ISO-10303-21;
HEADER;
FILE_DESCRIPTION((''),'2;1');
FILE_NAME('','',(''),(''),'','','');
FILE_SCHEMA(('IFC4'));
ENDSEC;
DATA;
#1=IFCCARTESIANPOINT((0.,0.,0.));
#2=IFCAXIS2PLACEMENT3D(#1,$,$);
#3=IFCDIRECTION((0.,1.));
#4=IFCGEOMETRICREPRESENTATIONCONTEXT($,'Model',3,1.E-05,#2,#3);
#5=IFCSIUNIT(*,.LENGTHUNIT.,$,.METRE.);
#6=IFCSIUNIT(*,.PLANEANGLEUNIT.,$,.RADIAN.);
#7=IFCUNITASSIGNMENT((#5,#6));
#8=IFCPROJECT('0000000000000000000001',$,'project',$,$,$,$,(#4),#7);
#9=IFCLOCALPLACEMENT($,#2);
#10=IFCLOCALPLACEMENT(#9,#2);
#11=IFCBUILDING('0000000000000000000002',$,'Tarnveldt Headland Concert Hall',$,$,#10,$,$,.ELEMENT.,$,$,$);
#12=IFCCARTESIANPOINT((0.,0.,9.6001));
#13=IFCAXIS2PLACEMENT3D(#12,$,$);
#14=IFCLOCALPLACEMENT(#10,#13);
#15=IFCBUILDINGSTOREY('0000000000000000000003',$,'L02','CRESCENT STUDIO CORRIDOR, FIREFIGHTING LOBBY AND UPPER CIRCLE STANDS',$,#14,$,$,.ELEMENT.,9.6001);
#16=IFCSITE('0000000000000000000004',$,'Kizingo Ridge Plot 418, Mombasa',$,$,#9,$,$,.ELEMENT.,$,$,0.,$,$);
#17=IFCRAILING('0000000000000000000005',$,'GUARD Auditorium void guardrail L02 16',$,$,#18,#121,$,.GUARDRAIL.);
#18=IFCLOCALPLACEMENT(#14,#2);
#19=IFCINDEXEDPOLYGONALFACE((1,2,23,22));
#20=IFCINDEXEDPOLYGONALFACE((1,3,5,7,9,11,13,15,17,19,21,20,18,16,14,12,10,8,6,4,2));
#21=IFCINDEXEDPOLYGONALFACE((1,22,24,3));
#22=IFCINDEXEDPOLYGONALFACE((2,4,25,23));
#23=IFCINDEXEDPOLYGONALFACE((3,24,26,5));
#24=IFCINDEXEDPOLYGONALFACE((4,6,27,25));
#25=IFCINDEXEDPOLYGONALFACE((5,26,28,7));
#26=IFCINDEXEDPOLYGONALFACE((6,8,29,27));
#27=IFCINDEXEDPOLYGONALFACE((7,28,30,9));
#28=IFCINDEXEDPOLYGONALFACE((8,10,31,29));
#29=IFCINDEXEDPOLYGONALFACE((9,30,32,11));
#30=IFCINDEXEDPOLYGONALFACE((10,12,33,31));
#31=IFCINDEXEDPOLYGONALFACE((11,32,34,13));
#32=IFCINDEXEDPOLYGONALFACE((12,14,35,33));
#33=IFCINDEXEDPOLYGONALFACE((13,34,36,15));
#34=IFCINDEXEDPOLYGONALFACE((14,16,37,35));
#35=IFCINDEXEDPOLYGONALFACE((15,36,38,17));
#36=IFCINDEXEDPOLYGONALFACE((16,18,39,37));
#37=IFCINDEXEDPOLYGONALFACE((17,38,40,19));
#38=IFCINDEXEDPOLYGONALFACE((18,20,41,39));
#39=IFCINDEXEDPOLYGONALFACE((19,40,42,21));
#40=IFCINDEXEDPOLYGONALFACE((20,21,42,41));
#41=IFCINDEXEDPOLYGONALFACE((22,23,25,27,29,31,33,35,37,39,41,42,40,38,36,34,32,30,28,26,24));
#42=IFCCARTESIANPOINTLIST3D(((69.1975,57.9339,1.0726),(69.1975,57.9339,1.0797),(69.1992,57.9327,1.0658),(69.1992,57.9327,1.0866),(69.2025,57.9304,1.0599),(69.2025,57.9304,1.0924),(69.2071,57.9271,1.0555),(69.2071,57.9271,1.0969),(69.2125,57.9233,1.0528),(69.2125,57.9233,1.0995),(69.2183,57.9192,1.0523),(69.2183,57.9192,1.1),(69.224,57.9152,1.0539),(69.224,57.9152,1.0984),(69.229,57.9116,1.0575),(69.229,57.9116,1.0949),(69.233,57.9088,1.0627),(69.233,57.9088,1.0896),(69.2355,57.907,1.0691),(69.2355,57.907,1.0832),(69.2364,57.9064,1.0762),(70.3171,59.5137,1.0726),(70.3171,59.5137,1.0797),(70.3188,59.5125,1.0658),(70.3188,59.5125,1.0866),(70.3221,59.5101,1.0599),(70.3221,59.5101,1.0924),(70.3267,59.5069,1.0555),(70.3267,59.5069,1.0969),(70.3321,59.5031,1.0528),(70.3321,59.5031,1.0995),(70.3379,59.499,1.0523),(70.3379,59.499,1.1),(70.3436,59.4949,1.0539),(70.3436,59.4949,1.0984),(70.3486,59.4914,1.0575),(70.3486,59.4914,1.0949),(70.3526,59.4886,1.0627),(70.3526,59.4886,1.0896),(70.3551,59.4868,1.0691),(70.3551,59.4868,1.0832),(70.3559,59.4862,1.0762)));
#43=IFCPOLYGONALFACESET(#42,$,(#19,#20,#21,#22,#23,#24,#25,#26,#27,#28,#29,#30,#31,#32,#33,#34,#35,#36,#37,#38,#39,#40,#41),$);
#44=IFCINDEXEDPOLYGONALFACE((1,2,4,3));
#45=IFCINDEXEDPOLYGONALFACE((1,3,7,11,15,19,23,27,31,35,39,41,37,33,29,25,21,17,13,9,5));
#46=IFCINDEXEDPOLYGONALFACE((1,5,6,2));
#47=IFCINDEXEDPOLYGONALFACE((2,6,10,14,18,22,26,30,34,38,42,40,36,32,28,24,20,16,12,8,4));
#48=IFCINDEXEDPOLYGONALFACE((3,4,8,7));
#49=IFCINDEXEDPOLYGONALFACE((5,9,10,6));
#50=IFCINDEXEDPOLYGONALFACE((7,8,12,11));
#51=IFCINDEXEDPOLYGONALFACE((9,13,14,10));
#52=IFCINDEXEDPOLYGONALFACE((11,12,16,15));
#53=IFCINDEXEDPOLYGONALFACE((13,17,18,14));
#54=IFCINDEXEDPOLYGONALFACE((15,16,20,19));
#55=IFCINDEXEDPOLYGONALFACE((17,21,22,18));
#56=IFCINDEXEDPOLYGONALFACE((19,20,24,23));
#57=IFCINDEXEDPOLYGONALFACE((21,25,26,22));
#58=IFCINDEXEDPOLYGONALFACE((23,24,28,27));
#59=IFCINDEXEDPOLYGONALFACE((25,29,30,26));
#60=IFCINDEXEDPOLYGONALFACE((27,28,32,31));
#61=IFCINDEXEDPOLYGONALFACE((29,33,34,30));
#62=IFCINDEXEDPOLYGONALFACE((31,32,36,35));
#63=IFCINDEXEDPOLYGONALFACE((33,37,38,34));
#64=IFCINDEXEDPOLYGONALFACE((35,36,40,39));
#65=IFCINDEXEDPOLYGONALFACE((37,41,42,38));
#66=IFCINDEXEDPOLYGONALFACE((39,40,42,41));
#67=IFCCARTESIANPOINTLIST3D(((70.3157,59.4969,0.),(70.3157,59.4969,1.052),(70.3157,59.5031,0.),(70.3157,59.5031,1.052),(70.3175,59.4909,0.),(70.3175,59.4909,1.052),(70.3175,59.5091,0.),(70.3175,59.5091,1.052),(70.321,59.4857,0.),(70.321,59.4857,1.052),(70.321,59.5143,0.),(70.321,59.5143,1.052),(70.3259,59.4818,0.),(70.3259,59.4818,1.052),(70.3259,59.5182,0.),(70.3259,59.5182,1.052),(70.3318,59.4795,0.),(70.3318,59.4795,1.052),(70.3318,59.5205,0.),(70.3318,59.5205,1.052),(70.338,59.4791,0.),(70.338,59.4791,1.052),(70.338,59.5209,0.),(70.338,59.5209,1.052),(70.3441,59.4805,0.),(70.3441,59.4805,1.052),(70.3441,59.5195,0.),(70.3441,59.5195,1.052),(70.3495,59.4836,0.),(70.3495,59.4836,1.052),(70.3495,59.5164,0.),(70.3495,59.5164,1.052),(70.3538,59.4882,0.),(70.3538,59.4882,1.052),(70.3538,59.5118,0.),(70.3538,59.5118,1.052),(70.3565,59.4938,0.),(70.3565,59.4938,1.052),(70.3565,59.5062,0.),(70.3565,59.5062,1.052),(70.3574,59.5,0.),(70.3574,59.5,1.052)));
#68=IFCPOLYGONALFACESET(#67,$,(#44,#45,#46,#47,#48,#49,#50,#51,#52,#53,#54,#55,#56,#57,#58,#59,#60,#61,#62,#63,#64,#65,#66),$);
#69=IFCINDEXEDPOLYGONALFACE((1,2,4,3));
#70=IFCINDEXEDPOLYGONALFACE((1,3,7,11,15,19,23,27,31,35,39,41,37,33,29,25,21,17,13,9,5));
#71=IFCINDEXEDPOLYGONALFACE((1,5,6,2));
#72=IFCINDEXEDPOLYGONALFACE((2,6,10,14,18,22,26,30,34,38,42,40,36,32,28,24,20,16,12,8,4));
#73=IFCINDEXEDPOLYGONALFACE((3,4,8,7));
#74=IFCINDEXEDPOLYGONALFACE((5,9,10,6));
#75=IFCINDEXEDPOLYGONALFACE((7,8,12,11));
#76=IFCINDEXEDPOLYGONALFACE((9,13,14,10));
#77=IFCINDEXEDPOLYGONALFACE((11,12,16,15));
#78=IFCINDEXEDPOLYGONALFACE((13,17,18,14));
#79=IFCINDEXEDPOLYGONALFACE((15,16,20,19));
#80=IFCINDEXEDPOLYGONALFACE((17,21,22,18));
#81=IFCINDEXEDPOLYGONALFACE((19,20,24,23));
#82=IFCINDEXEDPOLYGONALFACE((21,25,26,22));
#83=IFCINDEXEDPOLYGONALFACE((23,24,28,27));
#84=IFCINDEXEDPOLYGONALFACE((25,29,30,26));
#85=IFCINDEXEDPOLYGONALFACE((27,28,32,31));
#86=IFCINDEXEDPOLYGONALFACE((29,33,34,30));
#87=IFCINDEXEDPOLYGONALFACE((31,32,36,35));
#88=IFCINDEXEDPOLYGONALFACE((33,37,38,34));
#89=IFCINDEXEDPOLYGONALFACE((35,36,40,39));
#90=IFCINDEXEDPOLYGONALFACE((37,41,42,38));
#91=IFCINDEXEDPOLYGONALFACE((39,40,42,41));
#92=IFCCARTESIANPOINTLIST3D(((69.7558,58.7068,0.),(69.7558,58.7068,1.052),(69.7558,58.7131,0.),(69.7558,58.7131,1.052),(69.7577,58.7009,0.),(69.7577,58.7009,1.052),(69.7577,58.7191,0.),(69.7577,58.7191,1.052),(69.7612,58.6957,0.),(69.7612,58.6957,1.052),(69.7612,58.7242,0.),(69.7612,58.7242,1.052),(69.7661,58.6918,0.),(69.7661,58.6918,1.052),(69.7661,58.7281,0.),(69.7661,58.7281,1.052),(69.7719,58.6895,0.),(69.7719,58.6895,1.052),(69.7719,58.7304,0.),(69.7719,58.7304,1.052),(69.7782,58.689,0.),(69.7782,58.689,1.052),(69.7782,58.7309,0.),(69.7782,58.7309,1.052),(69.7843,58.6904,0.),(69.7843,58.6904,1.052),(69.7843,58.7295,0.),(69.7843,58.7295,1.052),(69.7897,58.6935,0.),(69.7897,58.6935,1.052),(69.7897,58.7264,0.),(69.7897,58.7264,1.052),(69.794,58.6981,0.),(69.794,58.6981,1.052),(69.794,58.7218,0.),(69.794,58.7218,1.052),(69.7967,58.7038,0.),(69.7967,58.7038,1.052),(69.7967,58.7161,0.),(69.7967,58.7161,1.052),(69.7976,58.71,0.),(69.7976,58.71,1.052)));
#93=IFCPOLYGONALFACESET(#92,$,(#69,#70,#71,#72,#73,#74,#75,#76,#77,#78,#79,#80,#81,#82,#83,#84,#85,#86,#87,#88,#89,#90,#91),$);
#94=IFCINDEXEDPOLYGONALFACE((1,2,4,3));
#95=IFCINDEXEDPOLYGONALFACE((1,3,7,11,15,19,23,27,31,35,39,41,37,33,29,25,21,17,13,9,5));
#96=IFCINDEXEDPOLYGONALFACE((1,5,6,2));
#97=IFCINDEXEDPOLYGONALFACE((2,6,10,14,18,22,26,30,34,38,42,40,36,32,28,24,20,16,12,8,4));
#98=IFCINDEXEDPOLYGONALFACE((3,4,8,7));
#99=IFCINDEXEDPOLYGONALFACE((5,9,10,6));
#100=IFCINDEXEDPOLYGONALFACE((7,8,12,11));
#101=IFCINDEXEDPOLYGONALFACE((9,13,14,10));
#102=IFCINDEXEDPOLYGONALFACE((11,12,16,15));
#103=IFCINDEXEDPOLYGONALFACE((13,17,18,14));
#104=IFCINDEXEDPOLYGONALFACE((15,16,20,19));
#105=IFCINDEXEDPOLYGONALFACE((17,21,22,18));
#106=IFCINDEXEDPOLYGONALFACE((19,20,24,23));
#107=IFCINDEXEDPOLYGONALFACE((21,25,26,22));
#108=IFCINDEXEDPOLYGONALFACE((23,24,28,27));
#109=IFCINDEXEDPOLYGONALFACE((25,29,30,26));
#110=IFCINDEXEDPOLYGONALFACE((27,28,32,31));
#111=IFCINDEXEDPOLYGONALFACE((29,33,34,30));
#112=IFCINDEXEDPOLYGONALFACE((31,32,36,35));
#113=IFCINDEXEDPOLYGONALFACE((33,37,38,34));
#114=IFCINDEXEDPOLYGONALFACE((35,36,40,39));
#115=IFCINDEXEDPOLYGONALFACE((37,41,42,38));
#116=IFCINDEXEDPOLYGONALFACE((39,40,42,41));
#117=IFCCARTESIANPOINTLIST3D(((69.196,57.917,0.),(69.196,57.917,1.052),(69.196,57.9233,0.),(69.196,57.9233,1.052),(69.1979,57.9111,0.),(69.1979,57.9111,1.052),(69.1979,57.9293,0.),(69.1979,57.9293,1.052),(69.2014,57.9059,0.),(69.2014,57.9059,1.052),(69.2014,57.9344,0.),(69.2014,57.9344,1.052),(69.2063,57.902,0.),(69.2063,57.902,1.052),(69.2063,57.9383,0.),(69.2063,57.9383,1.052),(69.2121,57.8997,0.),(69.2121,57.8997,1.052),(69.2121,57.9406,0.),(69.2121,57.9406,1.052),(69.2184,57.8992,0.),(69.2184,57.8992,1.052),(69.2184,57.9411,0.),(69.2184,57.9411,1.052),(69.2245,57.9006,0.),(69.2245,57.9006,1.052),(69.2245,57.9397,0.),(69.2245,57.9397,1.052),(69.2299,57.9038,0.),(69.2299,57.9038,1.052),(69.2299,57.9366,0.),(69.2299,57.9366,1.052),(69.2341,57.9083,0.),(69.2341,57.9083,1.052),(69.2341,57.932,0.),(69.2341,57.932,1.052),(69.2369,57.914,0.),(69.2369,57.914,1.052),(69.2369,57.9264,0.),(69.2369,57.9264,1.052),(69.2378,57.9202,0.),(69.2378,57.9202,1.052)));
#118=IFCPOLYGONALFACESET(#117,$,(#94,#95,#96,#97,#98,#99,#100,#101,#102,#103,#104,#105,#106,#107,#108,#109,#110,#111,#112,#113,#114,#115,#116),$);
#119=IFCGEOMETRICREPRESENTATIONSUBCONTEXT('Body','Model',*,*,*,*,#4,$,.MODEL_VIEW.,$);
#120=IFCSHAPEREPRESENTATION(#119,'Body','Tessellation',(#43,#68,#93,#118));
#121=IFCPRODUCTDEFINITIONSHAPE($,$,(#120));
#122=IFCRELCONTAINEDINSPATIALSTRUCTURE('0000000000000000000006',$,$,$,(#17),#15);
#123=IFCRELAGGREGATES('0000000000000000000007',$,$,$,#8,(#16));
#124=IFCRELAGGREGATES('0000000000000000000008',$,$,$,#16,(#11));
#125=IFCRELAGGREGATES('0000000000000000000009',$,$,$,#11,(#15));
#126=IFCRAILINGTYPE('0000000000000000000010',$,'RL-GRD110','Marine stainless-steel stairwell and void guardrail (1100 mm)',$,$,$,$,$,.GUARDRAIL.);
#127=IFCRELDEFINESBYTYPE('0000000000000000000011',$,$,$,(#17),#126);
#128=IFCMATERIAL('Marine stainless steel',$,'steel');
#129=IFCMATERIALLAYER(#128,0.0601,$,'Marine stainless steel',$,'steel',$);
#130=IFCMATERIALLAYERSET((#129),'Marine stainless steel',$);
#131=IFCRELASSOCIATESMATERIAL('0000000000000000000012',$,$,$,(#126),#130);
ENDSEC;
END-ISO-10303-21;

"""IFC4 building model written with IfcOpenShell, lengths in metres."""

from ifc_helpers import new_model, si_unit, direction, frame, origin, origin_2d, place, context, subcontext, project, spatial, circle, extrude, material, layer, layer_set, type_object, element, save


model = new_model("IFC4")

# Units and contexts
model_context = context("Model", 3, precision=1e-05, world=origin(), true_north=direction((0.0, 1.0)))
body_context = subcontext(model_context, "Body", "Model", "MODEL_VIEW")
ifc_project = project(units=[si_unit("LENGTHUNIT", "METRE"), si_unit("PLANEANGLEUNIT", "RADIAN")], contexts=[model_context])

# Site, building, storey
site_placement = place(None, origin())
site = spatial("IfcSite", under=ifc_project, at=site_placement, Name="Kizingo Ridge Plot 418, Mombasa", CompositionType="ELEMENT", RefElevation=0.0)
building_placement = place(site_placement, origin())
building = spatial("IfcBuilding", under=site, at=building_placement, Name="Tarnveldt Headland Concert Hall", CompositionType="ELEMENT")
storey_placement = place(building_placement, frame((0.0, 0.0, 9.6001)))
storey = spatial("IfcBuildingStorey", under=building, at=storey_placement, Name="L02", Description="CRESCENT STUDIO CORRIDOR, FIREFIGHTING LOBBY AND UPPER CIRCLE STANDS", CompositionType="ELEMENT", Elevation=9.6001)

# Railing
ifc_material_1 = material(Name="Marine stainless steel", Category="steel")
ifc_layer = layer(ifc_material_1, 0.0601, Name="Marine stainless steel", Category="steel")
ifc_layer_set = layer_set([ifc_layer], Name="Marine stainless steel")
railing_type = type_object("IfcRailingType", Name="RL-GRD110", Description="Marine stainless-steel stairwell and void guardrail (1100 mm)", PredefinedType="GUARDRAIL", material=ifc_layer_set)
railing_1_placement = place(storey_placement, frame((70.3364, 59.5, 0.0)))
element("IfcRailing", 1, at=railing_1_placement, inside=storey, type_object=railing_type, Name="GUARD Auditorium void guardrail L02 16", PredefinedType="GUARDRAIL", context=body_context, shape_type="SweptSolid", body=[
    extrude(circle(Radius=0.0239, at=origin_2d()), frame((0.0, 0.0, 1.0762), z_axis=(-0.578217, -0.815883, 0.0), x_axis=(0.815883, -0.578217, 0.0)), (0.0, 0.0, 1.0), 1.9363),
    extrude(circle(Radius=0.021, at=origin_2d()), origin(), (0.0, 0.0, 1.0), 1.052),
    extrude(circle(Radius=0.021, at=origin_2d()), frame((-0.5598, -0.79, 0.0)), (0.0, 0.0, 1.0), 1.052),
    extrude(circle(Radius=0.021, at=origin_2d()), frame((-1.1196, -1.5798, 0.0)), (0.0, 0.0, 1.0), 1.052),
])

save(model, "model.ifc")
